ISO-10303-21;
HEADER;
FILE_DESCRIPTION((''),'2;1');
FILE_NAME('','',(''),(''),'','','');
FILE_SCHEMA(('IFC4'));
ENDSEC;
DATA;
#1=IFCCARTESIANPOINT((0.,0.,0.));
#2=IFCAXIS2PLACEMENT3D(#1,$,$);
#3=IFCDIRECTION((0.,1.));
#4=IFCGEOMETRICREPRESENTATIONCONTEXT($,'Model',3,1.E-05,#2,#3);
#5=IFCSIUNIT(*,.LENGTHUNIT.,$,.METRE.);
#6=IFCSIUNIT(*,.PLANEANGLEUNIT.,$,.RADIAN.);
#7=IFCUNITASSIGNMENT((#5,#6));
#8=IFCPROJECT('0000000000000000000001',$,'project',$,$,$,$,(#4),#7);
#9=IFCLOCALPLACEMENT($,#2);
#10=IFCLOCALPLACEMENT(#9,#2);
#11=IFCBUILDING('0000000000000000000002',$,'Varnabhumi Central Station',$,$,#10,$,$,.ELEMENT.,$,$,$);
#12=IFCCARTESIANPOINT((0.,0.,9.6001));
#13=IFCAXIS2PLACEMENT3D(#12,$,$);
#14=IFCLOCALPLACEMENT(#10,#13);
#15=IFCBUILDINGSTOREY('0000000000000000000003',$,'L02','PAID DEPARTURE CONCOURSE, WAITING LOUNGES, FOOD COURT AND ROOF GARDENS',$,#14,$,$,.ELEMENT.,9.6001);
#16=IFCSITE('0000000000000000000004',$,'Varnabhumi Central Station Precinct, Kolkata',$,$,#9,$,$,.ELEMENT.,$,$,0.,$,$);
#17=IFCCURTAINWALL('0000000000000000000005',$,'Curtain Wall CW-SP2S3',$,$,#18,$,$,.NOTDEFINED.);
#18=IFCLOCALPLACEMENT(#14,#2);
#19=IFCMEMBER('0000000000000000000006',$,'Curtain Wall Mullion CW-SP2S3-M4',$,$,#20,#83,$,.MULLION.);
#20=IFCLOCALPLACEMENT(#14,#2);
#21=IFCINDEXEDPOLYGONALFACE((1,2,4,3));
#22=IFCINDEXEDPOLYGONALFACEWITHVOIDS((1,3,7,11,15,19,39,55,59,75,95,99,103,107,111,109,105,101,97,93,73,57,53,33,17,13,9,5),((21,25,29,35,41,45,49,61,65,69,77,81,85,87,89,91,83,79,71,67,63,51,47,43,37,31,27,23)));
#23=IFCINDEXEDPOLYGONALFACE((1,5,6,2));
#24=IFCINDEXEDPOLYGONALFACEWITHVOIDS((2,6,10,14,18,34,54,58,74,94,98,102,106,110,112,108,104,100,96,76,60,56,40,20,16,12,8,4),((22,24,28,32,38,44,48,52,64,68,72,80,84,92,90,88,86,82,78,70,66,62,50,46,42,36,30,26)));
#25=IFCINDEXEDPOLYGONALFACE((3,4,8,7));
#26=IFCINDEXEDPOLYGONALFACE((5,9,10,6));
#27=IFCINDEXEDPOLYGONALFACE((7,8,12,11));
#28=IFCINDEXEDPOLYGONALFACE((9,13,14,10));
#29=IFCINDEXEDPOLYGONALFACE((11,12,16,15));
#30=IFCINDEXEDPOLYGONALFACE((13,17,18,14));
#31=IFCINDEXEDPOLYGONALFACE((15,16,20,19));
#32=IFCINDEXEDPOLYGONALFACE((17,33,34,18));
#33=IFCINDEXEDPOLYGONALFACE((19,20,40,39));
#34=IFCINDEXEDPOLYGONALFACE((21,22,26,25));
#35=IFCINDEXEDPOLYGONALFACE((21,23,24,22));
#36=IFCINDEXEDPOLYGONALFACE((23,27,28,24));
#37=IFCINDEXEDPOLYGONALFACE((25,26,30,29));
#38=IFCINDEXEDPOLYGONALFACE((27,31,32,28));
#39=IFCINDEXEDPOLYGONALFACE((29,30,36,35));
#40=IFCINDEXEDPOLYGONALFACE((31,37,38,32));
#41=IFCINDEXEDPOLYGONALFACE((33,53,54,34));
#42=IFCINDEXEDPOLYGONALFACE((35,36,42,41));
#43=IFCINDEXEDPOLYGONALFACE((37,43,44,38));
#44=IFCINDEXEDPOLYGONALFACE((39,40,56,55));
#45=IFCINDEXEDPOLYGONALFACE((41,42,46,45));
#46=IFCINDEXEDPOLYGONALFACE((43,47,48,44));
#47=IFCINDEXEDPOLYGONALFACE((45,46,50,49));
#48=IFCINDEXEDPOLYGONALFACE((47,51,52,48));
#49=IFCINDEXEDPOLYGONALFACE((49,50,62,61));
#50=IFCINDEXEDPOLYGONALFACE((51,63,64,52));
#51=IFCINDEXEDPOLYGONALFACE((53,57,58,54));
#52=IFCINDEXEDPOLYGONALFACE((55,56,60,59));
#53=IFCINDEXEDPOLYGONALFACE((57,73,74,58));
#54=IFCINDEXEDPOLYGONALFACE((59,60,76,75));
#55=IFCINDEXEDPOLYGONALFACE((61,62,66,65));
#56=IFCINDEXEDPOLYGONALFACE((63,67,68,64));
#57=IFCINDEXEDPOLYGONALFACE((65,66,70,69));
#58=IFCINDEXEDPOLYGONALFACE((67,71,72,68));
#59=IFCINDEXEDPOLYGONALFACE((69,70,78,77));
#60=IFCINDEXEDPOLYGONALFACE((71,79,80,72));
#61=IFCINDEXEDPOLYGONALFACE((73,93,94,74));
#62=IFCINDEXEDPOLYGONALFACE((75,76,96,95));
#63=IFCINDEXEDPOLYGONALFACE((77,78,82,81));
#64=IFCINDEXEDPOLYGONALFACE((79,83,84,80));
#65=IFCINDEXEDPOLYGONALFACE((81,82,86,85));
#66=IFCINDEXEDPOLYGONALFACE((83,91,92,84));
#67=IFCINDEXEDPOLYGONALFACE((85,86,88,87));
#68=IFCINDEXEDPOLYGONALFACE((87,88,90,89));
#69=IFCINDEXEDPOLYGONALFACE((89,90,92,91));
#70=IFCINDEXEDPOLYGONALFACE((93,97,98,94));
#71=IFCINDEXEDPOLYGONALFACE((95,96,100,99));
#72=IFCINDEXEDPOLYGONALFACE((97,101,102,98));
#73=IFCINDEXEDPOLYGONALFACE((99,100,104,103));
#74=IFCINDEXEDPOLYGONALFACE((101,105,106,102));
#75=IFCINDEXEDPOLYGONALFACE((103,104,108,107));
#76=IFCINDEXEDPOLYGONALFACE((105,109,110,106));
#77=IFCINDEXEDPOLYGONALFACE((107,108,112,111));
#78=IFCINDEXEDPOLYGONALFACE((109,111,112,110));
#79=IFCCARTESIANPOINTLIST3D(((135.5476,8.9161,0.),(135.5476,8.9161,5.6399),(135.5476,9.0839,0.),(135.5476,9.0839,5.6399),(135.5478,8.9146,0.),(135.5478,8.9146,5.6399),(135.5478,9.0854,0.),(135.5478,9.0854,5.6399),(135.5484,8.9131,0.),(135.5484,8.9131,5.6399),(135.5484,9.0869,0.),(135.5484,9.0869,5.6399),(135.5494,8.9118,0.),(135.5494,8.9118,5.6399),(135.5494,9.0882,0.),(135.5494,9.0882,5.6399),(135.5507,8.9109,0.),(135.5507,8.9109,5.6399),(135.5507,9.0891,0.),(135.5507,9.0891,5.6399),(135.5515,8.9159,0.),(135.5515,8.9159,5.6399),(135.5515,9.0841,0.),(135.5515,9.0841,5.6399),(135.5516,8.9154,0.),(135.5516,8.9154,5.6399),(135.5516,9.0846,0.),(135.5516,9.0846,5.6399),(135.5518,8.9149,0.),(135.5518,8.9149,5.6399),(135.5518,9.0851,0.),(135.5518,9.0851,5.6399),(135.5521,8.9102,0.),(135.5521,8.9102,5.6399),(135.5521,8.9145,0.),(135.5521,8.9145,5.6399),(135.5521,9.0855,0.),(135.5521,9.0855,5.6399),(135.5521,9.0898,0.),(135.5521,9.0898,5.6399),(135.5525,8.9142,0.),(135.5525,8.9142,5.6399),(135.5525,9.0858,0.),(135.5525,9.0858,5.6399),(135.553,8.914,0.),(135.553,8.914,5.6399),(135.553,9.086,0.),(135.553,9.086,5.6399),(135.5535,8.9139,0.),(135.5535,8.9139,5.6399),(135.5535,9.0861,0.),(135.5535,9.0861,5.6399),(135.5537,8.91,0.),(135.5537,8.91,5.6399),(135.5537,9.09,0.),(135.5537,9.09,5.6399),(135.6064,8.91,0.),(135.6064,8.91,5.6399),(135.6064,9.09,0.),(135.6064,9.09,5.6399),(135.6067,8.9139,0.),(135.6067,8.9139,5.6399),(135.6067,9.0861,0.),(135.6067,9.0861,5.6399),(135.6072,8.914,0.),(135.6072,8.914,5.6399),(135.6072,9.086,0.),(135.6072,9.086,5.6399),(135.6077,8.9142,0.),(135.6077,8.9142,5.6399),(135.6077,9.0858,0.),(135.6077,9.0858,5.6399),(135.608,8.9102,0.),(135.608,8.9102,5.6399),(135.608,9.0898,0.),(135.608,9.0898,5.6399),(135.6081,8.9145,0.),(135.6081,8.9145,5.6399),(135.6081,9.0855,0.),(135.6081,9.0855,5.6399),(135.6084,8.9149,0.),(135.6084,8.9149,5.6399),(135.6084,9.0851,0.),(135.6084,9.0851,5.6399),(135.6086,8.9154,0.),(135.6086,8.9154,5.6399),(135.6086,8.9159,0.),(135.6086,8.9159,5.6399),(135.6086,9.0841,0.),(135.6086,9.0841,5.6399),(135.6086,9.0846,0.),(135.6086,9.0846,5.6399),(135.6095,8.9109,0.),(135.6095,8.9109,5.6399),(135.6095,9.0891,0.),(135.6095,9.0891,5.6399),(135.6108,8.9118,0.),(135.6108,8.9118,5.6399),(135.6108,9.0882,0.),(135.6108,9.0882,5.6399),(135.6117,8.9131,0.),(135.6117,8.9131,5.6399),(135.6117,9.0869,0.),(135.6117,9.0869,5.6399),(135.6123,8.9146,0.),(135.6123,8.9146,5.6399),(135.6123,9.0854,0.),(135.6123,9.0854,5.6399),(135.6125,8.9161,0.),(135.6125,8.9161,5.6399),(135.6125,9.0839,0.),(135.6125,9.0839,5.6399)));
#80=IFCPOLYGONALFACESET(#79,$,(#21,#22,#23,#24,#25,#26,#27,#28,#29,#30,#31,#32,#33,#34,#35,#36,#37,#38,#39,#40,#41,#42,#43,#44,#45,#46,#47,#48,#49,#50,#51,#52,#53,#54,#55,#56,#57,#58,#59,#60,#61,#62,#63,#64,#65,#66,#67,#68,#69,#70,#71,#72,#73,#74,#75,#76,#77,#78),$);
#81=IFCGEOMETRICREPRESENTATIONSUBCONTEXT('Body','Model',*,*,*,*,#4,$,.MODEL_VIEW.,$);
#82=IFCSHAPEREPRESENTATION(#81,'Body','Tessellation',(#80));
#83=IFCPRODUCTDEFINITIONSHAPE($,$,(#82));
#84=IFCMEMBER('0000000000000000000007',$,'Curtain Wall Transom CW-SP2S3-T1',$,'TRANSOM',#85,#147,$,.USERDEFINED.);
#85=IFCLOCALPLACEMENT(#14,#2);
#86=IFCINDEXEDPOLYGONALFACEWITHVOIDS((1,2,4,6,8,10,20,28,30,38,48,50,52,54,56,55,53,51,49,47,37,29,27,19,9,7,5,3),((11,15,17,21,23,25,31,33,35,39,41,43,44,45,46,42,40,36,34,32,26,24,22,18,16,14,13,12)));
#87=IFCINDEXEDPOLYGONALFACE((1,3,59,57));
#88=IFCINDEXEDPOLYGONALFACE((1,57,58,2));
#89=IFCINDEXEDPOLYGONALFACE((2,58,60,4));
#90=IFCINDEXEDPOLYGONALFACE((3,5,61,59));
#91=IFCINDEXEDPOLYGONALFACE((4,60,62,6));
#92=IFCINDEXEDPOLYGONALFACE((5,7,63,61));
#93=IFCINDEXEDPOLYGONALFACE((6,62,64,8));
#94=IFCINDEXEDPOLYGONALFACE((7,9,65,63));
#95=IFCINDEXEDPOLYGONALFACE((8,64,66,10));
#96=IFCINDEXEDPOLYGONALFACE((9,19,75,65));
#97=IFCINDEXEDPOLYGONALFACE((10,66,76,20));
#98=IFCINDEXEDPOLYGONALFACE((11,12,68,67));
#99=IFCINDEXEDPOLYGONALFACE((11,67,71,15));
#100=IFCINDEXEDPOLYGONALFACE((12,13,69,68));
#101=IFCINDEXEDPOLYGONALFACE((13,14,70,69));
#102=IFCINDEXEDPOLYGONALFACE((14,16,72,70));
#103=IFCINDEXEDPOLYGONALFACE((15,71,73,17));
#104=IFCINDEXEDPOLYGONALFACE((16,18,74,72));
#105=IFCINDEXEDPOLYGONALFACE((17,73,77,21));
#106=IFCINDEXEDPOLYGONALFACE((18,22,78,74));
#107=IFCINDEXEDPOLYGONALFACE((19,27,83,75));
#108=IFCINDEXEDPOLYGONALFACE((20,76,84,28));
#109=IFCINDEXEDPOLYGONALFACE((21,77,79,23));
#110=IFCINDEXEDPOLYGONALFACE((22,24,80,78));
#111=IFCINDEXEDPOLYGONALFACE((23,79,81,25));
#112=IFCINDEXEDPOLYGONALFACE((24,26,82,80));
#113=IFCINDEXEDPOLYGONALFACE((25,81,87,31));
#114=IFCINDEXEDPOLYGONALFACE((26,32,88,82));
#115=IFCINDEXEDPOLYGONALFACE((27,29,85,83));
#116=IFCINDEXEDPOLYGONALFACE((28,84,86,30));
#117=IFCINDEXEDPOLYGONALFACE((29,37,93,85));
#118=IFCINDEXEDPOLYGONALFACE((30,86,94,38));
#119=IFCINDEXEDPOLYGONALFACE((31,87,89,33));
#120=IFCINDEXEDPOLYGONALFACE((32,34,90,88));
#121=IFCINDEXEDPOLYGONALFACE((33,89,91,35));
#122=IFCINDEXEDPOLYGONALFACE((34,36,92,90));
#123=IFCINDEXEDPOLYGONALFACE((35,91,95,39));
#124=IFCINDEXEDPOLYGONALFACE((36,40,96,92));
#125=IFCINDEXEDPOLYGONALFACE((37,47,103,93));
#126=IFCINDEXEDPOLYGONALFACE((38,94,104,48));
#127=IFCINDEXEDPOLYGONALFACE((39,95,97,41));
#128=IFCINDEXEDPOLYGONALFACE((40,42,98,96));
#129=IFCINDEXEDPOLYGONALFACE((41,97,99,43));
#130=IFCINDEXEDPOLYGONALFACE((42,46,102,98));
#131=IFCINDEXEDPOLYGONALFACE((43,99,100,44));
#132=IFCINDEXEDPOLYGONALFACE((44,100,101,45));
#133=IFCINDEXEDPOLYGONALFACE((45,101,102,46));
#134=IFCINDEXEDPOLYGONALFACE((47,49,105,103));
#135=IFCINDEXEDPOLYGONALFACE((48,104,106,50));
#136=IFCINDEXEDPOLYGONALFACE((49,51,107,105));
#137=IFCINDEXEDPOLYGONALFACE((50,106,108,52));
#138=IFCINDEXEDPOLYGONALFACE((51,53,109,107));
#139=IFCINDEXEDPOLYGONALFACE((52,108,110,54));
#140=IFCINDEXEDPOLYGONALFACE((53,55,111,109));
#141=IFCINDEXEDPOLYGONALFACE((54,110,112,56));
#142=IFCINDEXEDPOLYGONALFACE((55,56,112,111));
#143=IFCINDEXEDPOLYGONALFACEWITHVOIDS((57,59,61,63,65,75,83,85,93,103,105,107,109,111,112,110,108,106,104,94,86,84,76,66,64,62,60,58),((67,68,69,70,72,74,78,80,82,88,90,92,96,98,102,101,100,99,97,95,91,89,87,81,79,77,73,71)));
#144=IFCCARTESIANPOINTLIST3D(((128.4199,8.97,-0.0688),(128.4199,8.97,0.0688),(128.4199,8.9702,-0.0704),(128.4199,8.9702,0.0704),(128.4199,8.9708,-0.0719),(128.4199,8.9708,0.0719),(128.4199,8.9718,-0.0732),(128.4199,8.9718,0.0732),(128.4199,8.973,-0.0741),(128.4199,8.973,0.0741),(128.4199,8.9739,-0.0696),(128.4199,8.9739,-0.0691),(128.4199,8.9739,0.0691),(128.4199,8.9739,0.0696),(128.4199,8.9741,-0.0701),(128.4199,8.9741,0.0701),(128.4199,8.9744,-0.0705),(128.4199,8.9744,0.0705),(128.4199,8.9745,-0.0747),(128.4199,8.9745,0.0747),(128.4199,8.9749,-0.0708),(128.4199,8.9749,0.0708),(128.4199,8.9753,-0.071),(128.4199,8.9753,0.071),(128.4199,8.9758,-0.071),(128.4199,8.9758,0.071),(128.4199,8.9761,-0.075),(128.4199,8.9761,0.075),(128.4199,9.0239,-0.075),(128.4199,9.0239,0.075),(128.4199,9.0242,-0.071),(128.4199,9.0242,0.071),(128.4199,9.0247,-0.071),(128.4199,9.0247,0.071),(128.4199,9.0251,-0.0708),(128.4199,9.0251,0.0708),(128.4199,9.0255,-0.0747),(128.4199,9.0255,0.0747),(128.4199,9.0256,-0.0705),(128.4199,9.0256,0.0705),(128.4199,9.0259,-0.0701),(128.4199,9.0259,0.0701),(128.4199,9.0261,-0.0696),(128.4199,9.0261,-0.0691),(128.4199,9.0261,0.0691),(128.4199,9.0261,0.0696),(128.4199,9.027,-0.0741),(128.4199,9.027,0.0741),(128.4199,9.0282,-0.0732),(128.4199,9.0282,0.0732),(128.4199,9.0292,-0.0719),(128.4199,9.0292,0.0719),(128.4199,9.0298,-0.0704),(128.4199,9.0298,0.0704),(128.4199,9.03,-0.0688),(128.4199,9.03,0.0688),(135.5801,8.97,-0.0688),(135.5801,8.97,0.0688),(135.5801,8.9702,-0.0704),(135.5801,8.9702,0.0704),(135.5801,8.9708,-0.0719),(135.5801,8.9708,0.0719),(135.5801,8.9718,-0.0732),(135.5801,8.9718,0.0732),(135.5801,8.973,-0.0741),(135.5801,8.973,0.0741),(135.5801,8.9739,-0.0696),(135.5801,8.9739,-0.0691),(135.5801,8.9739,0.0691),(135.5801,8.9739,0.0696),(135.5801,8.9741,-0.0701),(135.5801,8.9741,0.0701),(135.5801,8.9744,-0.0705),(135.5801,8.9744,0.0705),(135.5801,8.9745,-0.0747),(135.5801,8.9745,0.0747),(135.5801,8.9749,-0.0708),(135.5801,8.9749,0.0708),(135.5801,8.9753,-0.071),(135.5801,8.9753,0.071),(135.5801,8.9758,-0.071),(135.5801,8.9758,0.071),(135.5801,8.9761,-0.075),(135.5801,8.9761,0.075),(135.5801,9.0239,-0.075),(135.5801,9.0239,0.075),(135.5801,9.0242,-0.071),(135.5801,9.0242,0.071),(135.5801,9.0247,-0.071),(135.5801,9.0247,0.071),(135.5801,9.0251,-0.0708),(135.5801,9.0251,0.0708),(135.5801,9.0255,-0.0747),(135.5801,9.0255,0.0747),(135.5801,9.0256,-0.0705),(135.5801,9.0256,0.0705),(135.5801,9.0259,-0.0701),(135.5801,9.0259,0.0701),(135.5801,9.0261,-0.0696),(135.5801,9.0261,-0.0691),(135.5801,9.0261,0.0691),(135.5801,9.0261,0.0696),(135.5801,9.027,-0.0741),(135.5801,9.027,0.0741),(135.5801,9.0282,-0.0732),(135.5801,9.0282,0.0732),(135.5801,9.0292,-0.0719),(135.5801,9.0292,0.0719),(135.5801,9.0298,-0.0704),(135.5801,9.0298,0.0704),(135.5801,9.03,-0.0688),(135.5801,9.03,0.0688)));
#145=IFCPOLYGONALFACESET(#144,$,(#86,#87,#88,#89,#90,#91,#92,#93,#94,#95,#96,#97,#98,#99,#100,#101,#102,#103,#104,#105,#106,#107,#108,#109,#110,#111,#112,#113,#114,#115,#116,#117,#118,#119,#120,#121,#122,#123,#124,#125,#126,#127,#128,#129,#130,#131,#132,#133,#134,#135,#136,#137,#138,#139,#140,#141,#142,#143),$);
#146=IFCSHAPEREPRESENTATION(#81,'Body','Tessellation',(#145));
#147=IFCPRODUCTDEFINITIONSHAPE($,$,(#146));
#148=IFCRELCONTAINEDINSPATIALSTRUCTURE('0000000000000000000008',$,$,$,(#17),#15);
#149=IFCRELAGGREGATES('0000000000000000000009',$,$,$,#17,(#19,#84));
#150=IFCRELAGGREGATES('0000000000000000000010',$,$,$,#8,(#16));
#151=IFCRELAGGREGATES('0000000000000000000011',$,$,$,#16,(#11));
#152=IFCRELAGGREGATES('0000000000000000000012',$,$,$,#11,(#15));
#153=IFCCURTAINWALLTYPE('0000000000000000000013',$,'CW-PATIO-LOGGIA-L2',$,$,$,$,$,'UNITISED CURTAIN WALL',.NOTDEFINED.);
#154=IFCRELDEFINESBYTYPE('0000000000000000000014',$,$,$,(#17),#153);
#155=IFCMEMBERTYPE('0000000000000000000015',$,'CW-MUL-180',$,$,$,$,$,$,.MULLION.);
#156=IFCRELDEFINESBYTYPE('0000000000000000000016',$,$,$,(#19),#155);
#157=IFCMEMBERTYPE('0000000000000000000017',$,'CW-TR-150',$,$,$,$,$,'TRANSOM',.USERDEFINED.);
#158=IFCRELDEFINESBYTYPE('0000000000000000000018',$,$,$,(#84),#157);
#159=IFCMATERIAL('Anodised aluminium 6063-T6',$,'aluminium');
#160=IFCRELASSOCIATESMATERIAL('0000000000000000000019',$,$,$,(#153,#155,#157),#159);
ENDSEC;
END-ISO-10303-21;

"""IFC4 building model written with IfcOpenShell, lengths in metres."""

from ifc_helpers import new_model, si_unit, direction, frame, origin, origin_2d, place, context, subcontext, project, spatial, hollow_rectangle, extrude, material, material_profile, profile_set, type_object, element, aggregate, save


model = new_model("IFC4")

# Units and contexts
model_context = context("Model", 3, precision=1e-05, world=origin(), true_north=direction((0.0, 1.0)))
body_context = subcontext(model_context, "Body", "Model", "MODEL_VIEW")
ifc_project = project(units=[si_unit("LENGTHUNIT", "METRE"), si_unit("PLANEANGLEUNIT", "RADIAN")], contexts=[model_context])

# Site, building, storey
site_placement = place(None, origin())
site = spatial("IfcSite", under=ifc_project, at=site_placement, Name="Varnabhumi Central Station Precinct, Kolkata", CompositionType="ELEMENT", RefElevation=0.0)
building_placement = place(site_placement, origin())
building = spatial("IfcBuilding", under=site, at=building_placement, Name="Varnabhumi Central Station", CompositionType="ELEMENT")
storey_placement = place(building_placement, frame((0.0, 0.0, 9.6001)))
storey = spatial("IfcBuildingStorey", under=building, at=storey_placement, Name="L02", Description="PAID DEPARTURE CONCOURSE, WAITING LOUNGES, FOOD COURT AND ROOF GARDENS", CompositionType="ELEMENT", Elevation=9.6001)

# Curtain wall, members
ifc_material_1 = material(Name="Anodised aluminium 6063-T6", Category="aluminium")
curtain_wall_type = type_object("IfcCurtainWallType", Name="CW-PATIO-LOGGIA-L2", ElementType="UNITISED CURTAIN WALL", PredefinedType="NOTDEFINED", material=ifc_material_1)
curtain_wall_placement = place(storey_placement, origin())
curtain_wall = element("IfcCurtainWall", 1, at=curtain_wall_placement, inside=storey, type_object=curtain_wall_type, Name="Curtain Wall CW-SP2S3", PredefinedType="NOTDEFINED")
ifc_material_profile_1 = material_profile(ifc_material_1, hollow_rectangle(XDim=0.0649, YDim=0.1799, WallThickness=0.0039, InnerFilletRadius=0.002, OuterFilletRadius=0.0061, at=origin_2d()), Name="Anodised aluminium 6063-T6", Category="aluminium")
ifc_profile_set_1 = profile_set([ifc_material_profile_1], Name="Anodised aluminium 6063-T6")
member_type_1 = type_object("IfcMemberType", Name="CW-MUL-180", PredefinedType="MULLION", material=ifc_profile_set_1)
member_1_placement = place(storey_placement, frame((135.5801, 9.0, 0.0), z_axis=(0.0, 0.0, 1.0), x_axis=(1.0, 0.0, 0.0)))
member_1 = element("IfcMember", 2, at=member_1_placement, type_object=member_type_1, Name="Curtain Wall Mullion CW-SP2S3-M4", PredefinedType="MULLION", context=body_context, shape_type="SweptSolid", body=[
    extrude(hollow_rectangle(XDim=0.0649, YDim=0.1799, WallThickness=0.0039, InnerFilletRadius=0.002, OuterFilletRadius=0.0061, at=origin_2d()), origin(), (0.0, 0.0, 1.0), 5.6399),
])
ifc_material_profile_2 = material_profile(ifc_material_1, hollow_rectangle(XDim=0.0601, YDim=0.1499, WallThickness=0.0039, InnerFilletRadius=0.002, OuterFilletRadius=0.0061, at=origin_2d()), Name="Anodised aluminium 6063-T6", Category="aluminium")
ifc_profile_set_2 = profile_set([ifc_material_profile_2], Name="Anodised aluminium 6063-T6")
member_type_2 = type_object("IfcMemberType", Name="CW-TR-150", ElementType="TRANSOM", PredefinedType="USERDEFINED", material=ifc_profile_set_2)
member_2_placement = place(storey_placement, frame((128.4199, 9.0, 0.0), z_axis=(1.0, 0.0, 0.0), x_axis=(0.0, 1.0, 0.0)))
member_2 = element("IfcMember", 3, at=member_2_placement, type_object=member_type_2, Name="Curtain Wall Transom CW-SP2S3-T1", ObjectType="TRANSOM", PredefinedType="USERDEFINED", context=body_context, shape_type="SweptSolid", body=[
    extrude(hollow_rectangle(XDim=0.0601, YDim=0.1499, WallThickness=0.0039, InnerFilletRadius=0.002, OuterFilletRadius=0.0061, at=origin_2d()), origin(), (0.0, 0.0, 1.0), 7.1602),
])
aggregate(curtain_wall, [member_1, member_2])

save(model, "model.ifc")
